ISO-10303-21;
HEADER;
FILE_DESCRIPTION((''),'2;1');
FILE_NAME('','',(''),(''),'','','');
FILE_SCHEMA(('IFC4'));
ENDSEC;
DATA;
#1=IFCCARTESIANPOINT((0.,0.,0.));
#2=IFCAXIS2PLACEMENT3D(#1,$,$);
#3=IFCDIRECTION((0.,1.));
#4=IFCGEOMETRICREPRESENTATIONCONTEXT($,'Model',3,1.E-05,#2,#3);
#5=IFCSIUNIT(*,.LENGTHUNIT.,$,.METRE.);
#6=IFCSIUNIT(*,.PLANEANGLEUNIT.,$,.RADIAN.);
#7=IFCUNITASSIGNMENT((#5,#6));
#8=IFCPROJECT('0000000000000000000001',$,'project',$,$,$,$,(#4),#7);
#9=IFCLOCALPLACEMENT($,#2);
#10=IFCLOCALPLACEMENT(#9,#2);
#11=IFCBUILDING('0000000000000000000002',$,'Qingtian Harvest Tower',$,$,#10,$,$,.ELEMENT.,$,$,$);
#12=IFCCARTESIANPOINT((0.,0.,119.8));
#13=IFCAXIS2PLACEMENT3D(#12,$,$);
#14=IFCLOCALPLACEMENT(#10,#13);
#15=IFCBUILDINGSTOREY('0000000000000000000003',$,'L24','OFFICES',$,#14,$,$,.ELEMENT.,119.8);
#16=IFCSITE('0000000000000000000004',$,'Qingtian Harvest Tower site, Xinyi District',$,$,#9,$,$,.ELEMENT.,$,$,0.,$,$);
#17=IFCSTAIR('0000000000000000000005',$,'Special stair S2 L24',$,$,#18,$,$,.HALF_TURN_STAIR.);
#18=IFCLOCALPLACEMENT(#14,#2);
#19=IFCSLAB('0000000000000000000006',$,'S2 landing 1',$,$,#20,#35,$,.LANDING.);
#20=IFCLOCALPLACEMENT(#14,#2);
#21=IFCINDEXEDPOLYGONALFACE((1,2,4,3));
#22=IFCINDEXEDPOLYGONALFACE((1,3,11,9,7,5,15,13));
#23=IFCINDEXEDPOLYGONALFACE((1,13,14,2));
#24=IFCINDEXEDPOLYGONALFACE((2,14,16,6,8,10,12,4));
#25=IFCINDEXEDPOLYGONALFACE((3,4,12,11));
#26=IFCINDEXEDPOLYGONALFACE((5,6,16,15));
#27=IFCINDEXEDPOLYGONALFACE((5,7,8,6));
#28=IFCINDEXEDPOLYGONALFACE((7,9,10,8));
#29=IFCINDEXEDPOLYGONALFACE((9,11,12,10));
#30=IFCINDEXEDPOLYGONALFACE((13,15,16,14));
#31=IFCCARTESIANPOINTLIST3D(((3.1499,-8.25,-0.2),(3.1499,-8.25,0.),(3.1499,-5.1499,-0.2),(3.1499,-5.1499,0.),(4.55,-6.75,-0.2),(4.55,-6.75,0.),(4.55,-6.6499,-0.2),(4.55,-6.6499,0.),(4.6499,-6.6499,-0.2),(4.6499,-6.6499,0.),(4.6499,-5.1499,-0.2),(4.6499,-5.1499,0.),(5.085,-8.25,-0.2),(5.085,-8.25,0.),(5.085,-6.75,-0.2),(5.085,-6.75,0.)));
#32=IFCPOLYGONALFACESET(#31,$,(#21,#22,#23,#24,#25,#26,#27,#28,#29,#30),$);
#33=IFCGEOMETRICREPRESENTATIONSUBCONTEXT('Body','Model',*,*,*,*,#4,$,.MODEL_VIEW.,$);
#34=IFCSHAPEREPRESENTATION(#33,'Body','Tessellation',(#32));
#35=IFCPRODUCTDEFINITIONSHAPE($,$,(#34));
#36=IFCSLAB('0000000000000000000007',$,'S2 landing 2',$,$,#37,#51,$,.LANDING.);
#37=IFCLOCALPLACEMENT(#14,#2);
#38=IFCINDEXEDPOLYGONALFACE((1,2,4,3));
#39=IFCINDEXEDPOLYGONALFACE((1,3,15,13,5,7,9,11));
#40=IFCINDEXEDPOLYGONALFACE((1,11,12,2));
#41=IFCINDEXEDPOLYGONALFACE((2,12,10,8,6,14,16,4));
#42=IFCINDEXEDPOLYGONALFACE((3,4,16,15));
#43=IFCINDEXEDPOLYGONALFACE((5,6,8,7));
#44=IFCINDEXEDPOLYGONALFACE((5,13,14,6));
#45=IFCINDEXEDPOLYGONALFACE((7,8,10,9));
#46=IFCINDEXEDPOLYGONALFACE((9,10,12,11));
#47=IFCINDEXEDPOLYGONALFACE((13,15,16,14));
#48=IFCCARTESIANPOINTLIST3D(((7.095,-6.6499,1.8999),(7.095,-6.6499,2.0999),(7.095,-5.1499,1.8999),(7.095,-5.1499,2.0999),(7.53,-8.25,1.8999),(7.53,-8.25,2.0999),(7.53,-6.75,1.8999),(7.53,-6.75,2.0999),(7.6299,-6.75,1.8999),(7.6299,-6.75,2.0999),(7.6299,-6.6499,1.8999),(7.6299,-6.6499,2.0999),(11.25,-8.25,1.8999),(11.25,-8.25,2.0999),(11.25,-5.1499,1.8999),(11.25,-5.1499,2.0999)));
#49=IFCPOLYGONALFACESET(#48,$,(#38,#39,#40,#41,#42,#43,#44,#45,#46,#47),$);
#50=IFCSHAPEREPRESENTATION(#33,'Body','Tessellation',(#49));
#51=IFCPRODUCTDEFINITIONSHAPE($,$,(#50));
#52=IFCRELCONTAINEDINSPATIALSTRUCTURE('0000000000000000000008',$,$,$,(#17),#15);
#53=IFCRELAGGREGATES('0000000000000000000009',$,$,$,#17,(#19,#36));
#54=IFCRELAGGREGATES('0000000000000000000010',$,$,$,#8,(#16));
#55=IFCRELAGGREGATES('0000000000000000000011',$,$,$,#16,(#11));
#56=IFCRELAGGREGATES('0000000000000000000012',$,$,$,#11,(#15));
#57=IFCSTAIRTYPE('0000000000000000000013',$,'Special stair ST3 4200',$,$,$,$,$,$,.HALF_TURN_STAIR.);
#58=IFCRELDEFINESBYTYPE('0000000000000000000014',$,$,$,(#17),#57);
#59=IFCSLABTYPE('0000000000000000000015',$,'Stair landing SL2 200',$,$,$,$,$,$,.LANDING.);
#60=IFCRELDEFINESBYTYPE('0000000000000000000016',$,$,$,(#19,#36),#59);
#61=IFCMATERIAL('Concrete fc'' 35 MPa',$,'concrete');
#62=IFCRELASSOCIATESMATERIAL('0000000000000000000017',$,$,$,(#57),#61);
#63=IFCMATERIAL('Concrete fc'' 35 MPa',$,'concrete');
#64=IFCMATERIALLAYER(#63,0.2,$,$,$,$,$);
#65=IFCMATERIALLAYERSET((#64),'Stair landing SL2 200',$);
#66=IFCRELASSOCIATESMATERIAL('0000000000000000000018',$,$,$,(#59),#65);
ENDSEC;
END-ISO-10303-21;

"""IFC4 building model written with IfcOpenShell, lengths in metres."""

from ifc_helpers import new_model, si_unit, direction, frame, origin, place, context, subcontext, project, spatial, polyline, outline, extrude, material, layer, layer_set, type_object, element, aggregate, save


model = new_model("IFC4")

# Units and contexts
model_context = context("Model", 3, precision=1e-05, world=origin(), true_north=direction((0.0, 1.0)))
body_context = subcontext(model_context, "Body", "Model", "MODEL_VIEW")
ifc_project = project(units=[si_unit("LENGTHUNIT", "METRE"), si_unit("PLANEANGLEUNIT", "RADIAN")], contexts=[model_context])

# Site, building, storey
site_placement = place(None, origin())
site = spatial("IfcSite", under=ifc_project, at=site_placement, Name="Qingtian Harvest Tower site, Xinyi District", CompositionType="ELEMENT", RefElevation=0.0)
building_placement = place(site_placement, origin())
building = spatial("IfcBuilding", under=site, at=building_placement, Name="Qingtian Harvest Tower", CompositionType="ELEMENT")
storey_placement = place(building_placement, frame((0.0, 0.0, 119.8)))
storey = spatial("IfcBuildingStorey", under=building, at=storey_placement, Name="L24", Description="OFFICES", CompositionType="ELEMENT", Elevation=119.8)

# Stair, slabs
ifc_material_1 = material(Name="Concrete fc' 35 MPa", Category="concrete")
stair_type = type_object("IfcStairType", Name="Special stair ST3 4200", PredefinedType="HALF_TURN_STAIR", material=ifc_material_1)
ifc_material_2 = material(Name="Concrete fc' 35 MPa", Category="concrete")
ifc_layer_1 = layer(ifc_material_2, 0.2)
ifc_layer_set_1 = layer_set([ifc_layer_1], Name="Stair landing SL2 200")
slab_type_1 = type_object("IfcSlabType", Name="Stair landing SL2 200", PredefinedType="LANDING", material=ifc_layer_set_1)
stair_1_placement = place(storey_placement, origin())
stair_1 = element("IfcStair", 1, at=stair_1_placement, inside=storey, type_object=stair_type, Name="Special stair S2 L24", PredefinedType="HALF_TURN_STAIR")
slab_1_placement = place(storey_placement, frame((0.0, 0.0, -0.2)))
slab_1 = element("IfcSlab", 2, at=slab_1_placement, type_object=slab_type_1, Name="S2 landing 1", PredefinedType="LANDING", context=body_context, shape_type="SweptSolid", body=[
    extrude(outline(polyline([(5.085, -8.25), (3.1499, -8.25), (3.1499, -5.1499), (4.6499, -5.1499), (4.6499, -6.6499), (4.55, -6.6499), (4.55, -6.75), (5.085, -6.75), (5.085, -8.25)])), origin(), (0.0, 0.0, 1.0), 0.2),
])
slab_2_placement = place(storey_placement, frame((0.0, 0.0, 1.8999)))
slab_2 = element("IfcSlab", 3, at=slab_2_placement, type_object=slab_type_1, Name="S2 landing 2", PredefinedType="LANDING", context=body_context, shape_type="SweptSolid", body=[
    extrude(outline(polyline([(7.53, -8.25), (7.53, -6.75), (7.6299, -6.75), (7.6299, -6.6499), (7.095, -6.6499), (7.095, -5.1499), (11.25, -5.1499), (11.25, -8.25), (7.53, -8.25)])), origin(), (0.0, 0.0, 1.0), 0.2),
])
aggregate(stair_1, [slab_1, slab_2])

save(model, "model.ifc")
